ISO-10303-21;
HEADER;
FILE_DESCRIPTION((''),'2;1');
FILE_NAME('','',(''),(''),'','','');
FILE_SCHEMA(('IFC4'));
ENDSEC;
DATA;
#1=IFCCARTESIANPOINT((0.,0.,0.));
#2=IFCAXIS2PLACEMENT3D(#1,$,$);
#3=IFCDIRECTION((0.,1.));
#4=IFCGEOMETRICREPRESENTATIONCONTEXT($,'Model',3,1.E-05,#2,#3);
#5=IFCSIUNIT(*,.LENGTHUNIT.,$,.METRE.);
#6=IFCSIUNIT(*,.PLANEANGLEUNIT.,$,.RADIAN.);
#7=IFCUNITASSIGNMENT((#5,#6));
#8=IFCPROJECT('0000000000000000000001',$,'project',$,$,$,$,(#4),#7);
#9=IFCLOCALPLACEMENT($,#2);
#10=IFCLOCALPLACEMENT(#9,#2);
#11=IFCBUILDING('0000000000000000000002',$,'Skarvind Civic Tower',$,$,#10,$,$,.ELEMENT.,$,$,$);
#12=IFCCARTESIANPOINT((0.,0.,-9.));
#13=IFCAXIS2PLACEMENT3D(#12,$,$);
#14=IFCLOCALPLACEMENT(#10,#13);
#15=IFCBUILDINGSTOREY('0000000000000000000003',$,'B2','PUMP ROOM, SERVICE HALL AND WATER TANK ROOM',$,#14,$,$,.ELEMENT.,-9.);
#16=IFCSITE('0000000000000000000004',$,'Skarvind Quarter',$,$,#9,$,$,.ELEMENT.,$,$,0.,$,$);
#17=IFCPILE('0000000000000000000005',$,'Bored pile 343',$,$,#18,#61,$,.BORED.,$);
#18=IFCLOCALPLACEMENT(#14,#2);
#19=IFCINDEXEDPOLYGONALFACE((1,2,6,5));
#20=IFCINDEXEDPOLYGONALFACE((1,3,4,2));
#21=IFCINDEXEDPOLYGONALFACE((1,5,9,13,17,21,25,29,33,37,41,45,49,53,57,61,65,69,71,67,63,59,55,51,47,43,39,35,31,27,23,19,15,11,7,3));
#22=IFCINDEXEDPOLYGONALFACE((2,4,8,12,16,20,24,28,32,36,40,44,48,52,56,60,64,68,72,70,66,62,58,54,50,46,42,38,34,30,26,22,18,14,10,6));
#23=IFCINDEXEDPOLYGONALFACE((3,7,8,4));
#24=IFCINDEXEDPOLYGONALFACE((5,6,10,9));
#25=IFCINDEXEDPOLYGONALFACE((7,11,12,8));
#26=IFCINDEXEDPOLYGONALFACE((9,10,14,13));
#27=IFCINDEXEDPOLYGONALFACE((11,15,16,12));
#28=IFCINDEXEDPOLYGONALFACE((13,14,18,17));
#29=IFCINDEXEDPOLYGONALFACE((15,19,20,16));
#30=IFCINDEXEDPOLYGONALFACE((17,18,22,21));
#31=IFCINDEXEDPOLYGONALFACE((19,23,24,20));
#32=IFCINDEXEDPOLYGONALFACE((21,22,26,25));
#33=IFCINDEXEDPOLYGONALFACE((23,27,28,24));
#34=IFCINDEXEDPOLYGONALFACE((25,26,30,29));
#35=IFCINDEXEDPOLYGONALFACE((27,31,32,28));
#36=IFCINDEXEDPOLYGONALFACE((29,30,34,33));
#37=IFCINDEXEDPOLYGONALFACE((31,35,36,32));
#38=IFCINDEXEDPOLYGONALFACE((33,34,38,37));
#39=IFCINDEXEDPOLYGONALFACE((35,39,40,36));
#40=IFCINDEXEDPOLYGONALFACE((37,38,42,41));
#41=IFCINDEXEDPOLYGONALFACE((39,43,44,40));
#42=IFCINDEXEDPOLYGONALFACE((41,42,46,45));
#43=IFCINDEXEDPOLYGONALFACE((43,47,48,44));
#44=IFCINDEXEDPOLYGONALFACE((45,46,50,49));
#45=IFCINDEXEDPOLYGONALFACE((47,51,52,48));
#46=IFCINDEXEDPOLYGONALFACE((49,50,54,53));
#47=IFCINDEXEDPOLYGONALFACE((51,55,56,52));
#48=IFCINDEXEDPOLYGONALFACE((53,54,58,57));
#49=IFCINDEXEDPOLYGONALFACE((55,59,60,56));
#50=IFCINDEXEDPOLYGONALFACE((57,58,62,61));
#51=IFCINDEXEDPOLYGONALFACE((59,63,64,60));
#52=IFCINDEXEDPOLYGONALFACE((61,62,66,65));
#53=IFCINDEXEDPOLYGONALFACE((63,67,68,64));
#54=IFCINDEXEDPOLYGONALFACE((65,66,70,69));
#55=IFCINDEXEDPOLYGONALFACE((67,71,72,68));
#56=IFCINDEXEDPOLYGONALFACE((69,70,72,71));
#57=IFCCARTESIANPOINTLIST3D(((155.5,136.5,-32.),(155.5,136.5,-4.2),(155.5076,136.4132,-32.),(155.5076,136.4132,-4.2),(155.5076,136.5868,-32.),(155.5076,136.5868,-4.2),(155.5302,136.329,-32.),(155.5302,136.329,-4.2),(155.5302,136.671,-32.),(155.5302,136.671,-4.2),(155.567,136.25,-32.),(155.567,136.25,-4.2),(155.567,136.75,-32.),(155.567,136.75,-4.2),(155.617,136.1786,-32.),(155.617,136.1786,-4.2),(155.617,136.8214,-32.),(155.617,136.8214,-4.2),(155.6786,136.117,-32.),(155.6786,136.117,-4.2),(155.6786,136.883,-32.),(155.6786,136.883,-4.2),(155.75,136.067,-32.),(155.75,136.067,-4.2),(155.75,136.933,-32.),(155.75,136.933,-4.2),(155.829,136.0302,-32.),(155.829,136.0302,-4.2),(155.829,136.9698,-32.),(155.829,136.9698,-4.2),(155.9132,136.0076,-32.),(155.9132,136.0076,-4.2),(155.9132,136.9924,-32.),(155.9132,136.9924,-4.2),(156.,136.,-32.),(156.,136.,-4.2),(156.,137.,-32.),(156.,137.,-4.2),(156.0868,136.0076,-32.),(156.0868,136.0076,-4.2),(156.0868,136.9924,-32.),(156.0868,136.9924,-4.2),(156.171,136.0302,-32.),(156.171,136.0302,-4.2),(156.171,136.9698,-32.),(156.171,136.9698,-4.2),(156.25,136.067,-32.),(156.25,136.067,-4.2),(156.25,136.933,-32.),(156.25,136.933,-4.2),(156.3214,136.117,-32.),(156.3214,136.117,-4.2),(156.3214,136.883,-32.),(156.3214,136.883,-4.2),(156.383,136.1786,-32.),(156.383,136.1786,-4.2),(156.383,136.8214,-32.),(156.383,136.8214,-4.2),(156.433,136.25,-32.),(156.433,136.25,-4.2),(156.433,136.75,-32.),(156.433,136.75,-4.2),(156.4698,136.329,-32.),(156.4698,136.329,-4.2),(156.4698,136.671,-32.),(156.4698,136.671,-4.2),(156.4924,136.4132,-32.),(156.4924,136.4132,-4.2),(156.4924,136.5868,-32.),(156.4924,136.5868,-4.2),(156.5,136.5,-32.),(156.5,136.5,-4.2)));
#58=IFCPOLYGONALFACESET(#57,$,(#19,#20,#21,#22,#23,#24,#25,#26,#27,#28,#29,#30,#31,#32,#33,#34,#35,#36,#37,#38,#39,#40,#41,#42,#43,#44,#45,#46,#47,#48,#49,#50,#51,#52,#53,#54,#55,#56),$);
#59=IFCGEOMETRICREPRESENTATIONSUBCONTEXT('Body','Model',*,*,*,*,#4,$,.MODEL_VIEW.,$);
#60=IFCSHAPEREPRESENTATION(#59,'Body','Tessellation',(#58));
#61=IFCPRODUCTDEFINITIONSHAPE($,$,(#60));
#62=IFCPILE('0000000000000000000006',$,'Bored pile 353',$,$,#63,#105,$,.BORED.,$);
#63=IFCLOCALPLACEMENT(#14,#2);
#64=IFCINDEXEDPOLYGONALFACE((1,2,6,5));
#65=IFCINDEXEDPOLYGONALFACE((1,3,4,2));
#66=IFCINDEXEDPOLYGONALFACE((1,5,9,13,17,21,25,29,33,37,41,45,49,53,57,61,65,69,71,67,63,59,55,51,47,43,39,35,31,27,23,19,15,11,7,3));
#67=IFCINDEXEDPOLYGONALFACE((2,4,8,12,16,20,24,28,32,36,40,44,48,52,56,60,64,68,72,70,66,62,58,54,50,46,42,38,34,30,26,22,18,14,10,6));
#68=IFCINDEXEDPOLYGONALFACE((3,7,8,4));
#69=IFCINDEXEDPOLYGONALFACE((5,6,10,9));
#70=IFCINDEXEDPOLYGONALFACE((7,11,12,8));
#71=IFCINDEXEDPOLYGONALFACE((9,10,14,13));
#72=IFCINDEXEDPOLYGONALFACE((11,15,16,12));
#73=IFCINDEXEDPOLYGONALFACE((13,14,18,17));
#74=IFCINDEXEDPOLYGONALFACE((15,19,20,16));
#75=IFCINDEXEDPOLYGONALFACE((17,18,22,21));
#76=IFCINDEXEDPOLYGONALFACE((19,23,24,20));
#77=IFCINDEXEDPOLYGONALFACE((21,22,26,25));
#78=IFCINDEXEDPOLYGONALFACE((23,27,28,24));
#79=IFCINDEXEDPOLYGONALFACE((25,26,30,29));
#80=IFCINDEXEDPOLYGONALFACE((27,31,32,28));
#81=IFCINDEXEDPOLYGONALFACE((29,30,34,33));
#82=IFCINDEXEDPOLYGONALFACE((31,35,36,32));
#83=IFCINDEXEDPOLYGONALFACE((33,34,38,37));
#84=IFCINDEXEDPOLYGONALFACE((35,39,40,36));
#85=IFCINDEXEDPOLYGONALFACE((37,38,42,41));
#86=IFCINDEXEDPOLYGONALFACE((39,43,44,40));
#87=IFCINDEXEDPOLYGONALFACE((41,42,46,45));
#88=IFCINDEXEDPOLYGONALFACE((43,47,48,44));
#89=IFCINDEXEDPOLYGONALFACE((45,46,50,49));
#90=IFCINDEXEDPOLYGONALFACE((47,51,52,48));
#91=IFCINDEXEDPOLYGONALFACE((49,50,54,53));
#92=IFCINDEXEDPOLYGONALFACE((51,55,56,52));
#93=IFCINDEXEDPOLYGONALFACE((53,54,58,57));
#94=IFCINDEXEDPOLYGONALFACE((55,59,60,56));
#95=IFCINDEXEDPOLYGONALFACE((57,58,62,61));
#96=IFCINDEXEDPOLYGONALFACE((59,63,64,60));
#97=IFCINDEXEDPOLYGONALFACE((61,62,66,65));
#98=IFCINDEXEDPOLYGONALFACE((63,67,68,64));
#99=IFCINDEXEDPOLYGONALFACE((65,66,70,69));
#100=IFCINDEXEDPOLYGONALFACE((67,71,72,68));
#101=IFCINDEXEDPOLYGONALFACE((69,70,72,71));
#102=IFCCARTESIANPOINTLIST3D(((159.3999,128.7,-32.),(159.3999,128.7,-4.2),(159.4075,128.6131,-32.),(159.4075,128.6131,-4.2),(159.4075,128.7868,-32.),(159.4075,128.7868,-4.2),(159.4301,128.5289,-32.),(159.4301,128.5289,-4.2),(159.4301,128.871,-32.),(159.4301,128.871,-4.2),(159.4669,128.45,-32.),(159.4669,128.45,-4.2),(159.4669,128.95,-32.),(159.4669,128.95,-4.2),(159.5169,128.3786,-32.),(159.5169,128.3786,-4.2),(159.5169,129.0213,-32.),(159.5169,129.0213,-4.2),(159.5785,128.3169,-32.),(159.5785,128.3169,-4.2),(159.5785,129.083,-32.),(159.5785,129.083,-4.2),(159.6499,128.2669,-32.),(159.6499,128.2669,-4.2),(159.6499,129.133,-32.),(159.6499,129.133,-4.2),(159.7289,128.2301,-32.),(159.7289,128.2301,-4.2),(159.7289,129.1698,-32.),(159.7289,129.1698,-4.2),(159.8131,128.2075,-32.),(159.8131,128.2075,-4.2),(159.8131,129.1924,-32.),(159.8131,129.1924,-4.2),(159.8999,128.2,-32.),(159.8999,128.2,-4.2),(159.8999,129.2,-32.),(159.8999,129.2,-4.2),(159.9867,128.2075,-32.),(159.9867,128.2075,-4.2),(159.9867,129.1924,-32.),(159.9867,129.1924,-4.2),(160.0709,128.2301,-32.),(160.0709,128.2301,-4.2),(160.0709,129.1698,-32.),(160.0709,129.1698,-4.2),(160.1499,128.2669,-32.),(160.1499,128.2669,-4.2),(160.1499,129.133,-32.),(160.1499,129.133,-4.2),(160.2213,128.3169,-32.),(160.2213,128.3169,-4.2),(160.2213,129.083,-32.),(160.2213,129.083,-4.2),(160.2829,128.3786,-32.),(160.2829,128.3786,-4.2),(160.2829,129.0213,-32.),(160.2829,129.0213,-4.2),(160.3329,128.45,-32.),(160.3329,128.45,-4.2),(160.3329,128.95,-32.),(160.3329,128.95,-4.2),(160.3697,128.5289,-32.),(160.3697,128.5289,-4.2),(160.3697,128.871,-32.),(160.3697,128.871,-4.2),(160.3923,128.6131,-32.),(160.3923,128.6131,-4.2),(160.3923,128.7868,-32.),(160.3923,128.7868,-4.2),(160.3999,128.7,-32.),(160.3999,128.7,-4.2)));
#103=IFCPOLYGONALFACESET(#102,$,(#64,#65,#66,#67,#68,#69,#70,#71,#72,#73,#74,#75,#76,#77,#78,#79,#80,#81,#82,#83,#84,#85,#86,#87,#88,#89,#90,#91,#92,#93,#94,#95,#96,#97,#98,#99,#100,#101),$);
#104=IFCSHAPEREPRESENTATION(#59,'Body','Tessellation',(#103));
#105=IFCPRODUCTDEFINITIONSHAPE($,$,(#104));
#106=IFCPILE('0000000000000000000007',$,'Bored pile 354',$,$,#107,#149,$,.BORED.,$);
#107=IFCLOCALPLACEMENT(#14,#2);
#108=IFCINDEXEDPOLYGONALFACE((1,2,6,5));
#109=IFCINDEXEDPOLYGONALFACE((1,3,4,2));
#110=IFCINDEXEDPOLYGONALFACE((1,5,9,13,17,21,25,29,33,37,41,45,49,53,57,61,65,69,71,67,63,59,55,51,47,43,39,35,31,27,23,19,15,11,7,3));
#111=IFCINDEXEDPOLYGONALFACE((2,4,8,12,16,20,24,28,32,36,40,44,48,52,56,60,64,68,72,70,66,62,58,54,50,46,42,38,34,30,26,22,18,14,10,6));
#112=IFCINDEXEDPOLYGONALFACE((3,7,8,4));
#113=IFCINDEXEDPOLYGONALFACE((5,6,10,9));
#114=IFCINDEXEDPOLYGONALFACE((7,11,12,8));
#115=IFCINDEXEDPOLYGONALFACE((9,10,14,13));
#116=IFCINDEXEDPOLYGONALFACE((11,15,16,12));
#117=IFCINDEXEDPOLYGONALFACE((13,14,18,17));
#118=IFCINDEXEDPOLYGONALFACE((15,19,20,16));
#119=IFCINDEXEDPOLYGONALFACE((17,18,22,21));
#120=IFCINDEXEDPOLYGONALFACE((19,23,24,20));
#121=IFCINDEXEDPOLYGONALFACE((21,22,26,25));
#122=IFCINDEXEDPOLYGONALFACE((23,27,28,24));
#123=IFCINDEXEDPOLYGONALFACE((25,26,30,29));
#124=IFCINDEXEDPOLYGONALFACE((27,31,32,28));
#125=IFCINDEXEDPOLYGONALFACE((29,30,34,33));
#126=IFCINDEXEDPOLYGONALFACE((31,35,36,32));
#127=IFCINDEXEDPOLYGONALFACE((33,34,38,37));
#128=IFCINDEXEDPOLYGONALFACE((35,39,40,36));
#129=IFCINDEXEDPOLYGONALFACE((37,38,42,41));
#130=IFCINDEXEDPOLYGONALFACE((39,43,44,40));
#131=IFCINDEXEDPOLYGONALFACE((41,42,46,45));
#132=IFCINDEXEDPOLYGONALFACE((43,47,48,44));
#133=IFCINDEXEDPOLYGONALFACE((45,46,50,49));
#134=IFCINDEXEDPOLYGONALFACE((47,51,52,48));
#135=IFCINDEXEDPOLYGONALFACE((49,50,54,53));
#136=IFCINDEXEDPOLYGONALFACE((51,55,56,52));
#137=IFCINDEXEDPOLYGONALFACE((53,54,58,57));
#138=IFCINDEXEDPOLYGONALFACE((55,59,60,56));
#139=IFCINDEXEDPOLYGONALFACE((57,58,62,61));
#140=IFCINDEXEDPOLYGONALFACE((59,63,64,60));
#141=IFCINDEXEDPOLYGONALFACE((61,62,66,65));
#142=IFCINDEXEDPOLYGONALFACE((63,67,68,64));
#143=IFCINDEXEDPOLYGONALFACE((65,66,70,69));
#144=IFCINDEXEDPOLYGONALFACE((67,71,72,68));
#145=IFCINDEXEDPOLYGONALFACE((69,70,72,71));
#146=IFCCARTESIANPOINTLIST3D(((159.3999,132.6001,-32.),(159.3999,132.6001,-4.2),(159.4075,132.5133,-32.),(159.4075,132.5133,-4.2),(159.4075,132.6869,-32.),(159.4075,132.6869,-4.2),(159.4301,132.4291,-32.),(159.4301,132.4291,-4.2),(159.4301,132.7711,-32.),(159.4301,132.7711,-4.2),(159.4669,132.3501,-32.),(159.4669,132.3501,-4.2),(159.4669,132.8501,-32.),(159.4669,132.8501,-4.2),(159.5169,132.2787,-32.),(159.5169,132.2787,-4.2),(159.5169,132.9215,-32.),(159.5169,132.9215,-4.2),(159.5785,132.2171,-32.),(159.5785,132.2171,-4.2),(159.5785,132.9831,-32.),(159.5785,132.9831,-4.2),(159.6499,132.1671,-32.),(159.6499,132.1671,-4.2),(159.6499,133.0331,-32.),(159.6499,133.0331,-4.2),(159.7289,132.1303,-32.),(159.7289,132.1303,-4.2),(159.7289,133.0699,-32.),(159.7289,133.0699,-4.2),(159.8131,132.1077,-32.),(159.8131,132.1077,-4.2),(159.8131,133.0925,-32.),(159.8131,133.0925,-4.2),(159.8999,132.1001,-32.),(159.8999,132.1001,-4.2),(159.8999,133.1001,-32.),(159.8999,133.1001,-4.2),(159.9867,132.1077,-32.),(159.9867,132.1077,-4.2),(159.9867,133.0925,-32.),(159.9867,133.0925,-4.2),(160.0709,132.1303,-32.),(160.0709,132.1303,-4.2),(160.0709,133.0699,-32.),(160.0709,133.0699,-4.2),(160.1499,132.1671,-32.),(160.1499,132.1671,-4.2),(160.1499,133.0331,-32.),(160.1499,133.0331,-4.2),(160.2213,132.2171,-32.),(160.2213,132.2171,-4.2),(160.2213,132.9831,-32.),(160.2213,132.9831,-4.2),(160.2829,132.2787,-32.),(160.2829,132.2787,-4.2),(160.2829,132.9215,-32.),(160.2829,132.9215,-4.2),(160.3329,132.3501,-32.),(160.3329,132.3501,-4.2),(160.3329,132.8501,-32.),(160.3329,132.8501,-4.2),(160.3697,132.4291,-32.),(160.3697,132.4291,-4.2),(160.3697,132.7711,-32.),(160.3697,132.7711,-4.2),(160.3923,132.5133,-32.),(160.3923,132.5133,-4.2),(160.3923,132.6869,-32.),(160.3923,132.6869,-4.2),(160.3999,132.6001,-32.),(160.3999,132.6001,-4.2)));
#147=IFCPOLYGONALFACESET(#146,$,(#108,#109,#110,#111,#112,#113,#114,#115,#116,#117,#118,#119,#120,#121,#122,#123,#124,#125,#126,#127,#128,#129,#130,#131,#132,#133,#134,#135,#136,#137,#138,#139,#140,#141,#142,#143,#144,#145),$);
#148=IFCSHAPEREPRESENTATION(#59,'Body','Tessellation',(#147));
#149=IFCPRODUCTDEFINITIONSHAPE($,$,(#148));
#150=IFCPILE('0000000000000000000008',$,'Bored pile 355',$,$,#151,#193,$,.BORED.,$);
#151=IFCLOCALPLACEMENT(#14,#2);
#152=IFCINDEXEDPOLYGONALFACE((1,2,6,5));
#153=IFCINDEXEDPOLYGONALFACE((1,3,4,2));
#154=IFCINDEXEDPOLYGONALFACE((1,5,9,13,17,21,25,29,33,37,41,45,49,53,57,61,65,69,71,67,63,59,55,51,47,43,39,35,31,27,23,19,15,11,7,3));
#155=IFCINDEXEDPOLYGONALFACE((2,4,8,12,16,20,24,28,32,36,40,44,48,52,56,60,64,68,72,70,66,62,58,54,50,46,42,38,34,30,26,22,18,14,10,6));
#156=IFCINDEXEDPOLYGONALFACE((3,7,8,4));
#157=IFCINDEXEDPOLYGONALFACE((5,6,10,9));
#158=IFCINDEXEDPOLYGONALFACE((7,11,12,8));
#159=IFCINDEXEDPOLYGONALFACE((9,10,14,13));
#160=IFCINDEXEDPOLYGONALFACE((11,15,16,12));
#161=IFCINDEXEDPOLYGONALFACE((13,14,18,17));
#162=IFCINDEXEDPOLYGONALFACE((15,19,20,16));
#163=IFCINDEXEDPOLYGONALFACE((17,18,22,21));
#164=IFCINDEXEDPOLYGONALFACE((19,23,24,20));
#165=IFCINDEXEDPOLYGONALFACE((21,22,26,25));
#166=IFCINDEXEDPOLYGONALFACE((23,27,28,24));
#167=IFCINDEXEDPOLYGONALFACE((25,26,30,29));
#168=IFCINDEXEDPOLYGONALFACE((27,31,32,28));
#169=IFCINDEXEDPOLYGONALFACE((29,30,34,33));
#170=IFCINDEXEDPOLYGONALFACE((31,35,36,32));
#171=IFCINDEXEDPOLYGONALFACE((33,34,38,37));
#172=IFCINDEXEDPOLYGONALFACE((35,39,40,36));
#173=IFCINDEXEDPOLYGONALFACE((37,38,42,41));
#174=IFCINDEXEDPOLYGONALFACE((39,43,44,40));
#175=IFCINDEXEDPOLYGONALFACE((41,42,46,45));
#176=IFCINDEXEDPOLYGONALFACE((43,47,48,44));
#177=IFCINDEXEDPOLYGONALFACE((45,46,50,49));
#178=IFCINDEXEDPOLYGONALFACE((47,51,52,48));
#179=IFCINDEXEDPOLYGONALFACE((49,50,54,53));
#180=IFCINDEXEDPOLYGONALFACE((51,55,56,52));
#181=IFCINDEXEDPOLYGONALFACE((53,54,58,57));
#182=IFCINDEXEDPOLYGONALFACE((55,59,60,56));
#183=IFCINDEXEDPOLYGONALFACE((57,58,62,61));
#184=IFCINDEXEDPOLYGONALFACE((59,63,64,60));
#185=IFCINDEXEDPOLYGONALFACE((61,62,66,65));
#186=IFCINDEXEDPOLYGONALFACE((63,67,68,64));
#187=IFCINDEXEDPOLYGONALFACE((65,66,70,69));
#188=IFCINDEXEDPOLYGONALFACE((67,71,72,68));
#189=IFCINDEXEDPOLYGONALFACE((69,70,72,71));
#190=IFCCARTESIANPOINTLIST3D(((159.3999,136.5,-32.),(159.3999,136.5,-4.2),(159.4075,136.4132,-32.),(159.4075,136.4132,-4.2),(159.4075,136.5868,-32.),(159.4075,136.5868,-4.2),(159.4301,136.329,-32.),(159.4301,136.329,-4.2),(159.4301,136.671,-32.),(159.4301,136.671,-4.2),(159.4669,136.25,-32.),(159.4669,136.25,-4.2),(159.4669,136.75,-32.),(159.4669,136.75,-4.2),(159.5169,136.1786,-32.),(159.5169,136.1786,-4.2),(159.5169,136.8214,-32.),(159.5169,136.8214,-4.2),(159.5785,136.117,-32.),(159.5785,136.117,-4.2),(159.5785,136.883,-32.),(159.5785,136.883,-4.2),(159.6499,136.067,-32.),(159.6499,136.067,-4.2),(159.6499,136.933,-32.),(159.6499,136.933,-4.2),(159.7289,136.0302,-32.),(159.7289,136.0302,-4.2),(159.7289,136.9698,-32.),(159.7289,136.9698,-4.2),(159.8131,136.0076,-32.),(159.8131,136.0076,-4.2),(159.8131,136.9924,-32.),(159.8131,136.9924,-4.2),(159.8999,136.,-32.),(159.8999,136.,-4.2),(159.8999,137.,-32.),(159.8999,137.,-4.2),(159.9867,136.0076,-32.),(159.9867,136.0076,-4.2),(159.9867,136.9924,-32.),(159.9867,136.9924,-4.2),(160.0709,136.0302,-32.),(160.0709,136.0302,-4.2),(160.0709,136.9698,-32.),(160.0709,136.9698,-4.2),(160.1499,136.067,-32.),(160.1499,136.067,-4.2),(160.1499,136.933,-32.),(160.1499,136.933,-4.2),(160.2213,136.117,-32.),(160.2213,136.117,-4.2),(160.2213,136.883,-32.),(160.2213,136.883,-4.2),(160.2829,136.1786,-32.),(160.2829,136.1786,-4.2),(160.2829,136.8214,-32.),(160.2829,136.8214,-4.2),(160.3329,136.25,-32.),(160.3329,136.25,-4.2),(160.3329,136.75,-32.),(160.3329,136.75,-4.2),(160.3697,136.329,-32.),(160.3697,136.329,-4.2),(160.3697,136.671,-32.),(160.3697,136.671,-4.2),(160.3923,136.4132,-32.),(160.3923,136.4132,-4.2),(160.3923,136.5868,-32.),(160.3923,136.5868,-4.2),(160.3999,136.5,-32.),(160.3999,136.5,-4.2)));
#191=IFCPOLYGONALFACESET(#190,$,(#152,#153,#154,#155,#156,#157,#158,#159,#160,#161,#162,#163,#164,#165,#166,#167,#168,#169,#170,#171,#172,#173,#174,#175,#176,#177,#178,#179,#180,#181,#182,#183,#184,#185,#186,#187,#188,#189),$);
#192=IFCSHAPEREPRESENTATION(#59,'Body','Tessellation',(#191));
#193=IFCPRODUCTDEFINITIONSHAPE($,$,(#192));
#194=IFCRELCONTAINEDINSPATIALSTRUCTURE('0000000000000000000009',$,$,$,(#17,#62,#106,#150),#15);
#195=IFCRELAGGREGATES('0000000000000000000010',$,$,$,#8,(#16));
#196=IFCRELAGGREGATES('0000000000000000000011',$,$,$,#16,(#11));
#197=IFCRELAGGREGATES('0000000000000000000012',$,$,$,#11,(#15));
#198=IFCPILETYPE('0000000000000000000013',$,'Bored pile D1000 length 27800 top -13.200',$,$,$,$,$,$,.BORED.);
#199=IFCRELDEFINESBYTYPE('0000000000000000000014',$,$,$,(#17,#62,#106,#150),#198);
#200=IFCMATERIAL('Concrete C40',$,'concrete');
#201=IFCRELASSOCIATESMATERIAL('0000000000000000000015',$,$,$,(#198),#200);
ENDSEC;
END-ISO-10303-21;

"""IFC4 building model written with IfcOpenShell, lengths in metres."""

from ifc_helpers import new_model, si_unit, direction, frame, origin, origin_2d, place, context, subcontext, project, spatial, circle, extrude, material, type_object, element, save


model = new_model("IFC4")

# Units and contexts
model_context = context("Model", 3, precision=1e-05, world=origin(), true_north=direction((0.0, 1.0)))
body_context = subcontext(model_context, "Body", "Model", "MODEL_VIEW")
ifc_project = project(units=[si_unit("LENGTHUNIT", "METRE"), si_unit("PLANEANGLEUNIT", "RADIAN")], contexts=[model_context])

# Site, building, storey
site_placement = place(None, origin())
site = spatial("IfcSite", under=ifc_project, at=site_placement, Name="Skarvind Quarter", CompositionType="ELEMENT", RefElevation=0.0)
building_placement = place(site_placement, origin())
building = spatial("IfcBuilding", under=site, at=building_placement, Name="Skarvind Civic Tower", CompositionType="ELEMENT")
storey_placement = place(building_placement, frame((0.0, 0.0, -9.0)))
storey = spatial("IfcBuildingStorey", under=building, at=storey_placement, Name="B2", Description="PUMP ROOM, SERVICE HALL AND WATER TANK ROOM", CompositionType="ELEMENT", Elevation=-9.0)

# Piles
ifc_material_1 = material(Name="Concrete C40", Category="concrete")
pile_type_1 = type_object("IfcPileType", Name="Bored pile D1000 length 27800 top -13.200", PredefinedType="BORED", material=ifc_material_1)
for number, where, z_axis, x_axis, name in (
    (1, (156.0, 136.5, -4.2), (0.0, 0.0, -1.0), (1.0, 0.0, 0.0), "Bored pile 343"),
    (2, (159.8999, 128.7, -4.2), (0.0, 0.0, -1.0), (1.0, 0.0, 0.0), "Bored pile 353"),
    (3, (159.8999, 132.6001, -4.2), (0.0, 0.0, -1.0), (1.0, 0.0, 0.0), "Bored pile 354"),
    (4, (159.8999, 136.5, -4.2), (0.0, 0.0, -1.0), (1.0, 0.0, 0.0), "Bored pile 355"),
):
    element("IfcPile", number, at=place(storey_placement, frame(where, z_axis=z_axis, x_axis=x_axis)), inside=storey, type_object=pile_type_1, Name=name, PredefinedType="BORED", context=body_context, shape_type="SweptSolid", body=[
        extrude(circle(Radius=0.5, at=origin_2d()), origin(), (0.0, 0.0, 1.0), 27.8),
    ])

save(model, "model.ifc")
